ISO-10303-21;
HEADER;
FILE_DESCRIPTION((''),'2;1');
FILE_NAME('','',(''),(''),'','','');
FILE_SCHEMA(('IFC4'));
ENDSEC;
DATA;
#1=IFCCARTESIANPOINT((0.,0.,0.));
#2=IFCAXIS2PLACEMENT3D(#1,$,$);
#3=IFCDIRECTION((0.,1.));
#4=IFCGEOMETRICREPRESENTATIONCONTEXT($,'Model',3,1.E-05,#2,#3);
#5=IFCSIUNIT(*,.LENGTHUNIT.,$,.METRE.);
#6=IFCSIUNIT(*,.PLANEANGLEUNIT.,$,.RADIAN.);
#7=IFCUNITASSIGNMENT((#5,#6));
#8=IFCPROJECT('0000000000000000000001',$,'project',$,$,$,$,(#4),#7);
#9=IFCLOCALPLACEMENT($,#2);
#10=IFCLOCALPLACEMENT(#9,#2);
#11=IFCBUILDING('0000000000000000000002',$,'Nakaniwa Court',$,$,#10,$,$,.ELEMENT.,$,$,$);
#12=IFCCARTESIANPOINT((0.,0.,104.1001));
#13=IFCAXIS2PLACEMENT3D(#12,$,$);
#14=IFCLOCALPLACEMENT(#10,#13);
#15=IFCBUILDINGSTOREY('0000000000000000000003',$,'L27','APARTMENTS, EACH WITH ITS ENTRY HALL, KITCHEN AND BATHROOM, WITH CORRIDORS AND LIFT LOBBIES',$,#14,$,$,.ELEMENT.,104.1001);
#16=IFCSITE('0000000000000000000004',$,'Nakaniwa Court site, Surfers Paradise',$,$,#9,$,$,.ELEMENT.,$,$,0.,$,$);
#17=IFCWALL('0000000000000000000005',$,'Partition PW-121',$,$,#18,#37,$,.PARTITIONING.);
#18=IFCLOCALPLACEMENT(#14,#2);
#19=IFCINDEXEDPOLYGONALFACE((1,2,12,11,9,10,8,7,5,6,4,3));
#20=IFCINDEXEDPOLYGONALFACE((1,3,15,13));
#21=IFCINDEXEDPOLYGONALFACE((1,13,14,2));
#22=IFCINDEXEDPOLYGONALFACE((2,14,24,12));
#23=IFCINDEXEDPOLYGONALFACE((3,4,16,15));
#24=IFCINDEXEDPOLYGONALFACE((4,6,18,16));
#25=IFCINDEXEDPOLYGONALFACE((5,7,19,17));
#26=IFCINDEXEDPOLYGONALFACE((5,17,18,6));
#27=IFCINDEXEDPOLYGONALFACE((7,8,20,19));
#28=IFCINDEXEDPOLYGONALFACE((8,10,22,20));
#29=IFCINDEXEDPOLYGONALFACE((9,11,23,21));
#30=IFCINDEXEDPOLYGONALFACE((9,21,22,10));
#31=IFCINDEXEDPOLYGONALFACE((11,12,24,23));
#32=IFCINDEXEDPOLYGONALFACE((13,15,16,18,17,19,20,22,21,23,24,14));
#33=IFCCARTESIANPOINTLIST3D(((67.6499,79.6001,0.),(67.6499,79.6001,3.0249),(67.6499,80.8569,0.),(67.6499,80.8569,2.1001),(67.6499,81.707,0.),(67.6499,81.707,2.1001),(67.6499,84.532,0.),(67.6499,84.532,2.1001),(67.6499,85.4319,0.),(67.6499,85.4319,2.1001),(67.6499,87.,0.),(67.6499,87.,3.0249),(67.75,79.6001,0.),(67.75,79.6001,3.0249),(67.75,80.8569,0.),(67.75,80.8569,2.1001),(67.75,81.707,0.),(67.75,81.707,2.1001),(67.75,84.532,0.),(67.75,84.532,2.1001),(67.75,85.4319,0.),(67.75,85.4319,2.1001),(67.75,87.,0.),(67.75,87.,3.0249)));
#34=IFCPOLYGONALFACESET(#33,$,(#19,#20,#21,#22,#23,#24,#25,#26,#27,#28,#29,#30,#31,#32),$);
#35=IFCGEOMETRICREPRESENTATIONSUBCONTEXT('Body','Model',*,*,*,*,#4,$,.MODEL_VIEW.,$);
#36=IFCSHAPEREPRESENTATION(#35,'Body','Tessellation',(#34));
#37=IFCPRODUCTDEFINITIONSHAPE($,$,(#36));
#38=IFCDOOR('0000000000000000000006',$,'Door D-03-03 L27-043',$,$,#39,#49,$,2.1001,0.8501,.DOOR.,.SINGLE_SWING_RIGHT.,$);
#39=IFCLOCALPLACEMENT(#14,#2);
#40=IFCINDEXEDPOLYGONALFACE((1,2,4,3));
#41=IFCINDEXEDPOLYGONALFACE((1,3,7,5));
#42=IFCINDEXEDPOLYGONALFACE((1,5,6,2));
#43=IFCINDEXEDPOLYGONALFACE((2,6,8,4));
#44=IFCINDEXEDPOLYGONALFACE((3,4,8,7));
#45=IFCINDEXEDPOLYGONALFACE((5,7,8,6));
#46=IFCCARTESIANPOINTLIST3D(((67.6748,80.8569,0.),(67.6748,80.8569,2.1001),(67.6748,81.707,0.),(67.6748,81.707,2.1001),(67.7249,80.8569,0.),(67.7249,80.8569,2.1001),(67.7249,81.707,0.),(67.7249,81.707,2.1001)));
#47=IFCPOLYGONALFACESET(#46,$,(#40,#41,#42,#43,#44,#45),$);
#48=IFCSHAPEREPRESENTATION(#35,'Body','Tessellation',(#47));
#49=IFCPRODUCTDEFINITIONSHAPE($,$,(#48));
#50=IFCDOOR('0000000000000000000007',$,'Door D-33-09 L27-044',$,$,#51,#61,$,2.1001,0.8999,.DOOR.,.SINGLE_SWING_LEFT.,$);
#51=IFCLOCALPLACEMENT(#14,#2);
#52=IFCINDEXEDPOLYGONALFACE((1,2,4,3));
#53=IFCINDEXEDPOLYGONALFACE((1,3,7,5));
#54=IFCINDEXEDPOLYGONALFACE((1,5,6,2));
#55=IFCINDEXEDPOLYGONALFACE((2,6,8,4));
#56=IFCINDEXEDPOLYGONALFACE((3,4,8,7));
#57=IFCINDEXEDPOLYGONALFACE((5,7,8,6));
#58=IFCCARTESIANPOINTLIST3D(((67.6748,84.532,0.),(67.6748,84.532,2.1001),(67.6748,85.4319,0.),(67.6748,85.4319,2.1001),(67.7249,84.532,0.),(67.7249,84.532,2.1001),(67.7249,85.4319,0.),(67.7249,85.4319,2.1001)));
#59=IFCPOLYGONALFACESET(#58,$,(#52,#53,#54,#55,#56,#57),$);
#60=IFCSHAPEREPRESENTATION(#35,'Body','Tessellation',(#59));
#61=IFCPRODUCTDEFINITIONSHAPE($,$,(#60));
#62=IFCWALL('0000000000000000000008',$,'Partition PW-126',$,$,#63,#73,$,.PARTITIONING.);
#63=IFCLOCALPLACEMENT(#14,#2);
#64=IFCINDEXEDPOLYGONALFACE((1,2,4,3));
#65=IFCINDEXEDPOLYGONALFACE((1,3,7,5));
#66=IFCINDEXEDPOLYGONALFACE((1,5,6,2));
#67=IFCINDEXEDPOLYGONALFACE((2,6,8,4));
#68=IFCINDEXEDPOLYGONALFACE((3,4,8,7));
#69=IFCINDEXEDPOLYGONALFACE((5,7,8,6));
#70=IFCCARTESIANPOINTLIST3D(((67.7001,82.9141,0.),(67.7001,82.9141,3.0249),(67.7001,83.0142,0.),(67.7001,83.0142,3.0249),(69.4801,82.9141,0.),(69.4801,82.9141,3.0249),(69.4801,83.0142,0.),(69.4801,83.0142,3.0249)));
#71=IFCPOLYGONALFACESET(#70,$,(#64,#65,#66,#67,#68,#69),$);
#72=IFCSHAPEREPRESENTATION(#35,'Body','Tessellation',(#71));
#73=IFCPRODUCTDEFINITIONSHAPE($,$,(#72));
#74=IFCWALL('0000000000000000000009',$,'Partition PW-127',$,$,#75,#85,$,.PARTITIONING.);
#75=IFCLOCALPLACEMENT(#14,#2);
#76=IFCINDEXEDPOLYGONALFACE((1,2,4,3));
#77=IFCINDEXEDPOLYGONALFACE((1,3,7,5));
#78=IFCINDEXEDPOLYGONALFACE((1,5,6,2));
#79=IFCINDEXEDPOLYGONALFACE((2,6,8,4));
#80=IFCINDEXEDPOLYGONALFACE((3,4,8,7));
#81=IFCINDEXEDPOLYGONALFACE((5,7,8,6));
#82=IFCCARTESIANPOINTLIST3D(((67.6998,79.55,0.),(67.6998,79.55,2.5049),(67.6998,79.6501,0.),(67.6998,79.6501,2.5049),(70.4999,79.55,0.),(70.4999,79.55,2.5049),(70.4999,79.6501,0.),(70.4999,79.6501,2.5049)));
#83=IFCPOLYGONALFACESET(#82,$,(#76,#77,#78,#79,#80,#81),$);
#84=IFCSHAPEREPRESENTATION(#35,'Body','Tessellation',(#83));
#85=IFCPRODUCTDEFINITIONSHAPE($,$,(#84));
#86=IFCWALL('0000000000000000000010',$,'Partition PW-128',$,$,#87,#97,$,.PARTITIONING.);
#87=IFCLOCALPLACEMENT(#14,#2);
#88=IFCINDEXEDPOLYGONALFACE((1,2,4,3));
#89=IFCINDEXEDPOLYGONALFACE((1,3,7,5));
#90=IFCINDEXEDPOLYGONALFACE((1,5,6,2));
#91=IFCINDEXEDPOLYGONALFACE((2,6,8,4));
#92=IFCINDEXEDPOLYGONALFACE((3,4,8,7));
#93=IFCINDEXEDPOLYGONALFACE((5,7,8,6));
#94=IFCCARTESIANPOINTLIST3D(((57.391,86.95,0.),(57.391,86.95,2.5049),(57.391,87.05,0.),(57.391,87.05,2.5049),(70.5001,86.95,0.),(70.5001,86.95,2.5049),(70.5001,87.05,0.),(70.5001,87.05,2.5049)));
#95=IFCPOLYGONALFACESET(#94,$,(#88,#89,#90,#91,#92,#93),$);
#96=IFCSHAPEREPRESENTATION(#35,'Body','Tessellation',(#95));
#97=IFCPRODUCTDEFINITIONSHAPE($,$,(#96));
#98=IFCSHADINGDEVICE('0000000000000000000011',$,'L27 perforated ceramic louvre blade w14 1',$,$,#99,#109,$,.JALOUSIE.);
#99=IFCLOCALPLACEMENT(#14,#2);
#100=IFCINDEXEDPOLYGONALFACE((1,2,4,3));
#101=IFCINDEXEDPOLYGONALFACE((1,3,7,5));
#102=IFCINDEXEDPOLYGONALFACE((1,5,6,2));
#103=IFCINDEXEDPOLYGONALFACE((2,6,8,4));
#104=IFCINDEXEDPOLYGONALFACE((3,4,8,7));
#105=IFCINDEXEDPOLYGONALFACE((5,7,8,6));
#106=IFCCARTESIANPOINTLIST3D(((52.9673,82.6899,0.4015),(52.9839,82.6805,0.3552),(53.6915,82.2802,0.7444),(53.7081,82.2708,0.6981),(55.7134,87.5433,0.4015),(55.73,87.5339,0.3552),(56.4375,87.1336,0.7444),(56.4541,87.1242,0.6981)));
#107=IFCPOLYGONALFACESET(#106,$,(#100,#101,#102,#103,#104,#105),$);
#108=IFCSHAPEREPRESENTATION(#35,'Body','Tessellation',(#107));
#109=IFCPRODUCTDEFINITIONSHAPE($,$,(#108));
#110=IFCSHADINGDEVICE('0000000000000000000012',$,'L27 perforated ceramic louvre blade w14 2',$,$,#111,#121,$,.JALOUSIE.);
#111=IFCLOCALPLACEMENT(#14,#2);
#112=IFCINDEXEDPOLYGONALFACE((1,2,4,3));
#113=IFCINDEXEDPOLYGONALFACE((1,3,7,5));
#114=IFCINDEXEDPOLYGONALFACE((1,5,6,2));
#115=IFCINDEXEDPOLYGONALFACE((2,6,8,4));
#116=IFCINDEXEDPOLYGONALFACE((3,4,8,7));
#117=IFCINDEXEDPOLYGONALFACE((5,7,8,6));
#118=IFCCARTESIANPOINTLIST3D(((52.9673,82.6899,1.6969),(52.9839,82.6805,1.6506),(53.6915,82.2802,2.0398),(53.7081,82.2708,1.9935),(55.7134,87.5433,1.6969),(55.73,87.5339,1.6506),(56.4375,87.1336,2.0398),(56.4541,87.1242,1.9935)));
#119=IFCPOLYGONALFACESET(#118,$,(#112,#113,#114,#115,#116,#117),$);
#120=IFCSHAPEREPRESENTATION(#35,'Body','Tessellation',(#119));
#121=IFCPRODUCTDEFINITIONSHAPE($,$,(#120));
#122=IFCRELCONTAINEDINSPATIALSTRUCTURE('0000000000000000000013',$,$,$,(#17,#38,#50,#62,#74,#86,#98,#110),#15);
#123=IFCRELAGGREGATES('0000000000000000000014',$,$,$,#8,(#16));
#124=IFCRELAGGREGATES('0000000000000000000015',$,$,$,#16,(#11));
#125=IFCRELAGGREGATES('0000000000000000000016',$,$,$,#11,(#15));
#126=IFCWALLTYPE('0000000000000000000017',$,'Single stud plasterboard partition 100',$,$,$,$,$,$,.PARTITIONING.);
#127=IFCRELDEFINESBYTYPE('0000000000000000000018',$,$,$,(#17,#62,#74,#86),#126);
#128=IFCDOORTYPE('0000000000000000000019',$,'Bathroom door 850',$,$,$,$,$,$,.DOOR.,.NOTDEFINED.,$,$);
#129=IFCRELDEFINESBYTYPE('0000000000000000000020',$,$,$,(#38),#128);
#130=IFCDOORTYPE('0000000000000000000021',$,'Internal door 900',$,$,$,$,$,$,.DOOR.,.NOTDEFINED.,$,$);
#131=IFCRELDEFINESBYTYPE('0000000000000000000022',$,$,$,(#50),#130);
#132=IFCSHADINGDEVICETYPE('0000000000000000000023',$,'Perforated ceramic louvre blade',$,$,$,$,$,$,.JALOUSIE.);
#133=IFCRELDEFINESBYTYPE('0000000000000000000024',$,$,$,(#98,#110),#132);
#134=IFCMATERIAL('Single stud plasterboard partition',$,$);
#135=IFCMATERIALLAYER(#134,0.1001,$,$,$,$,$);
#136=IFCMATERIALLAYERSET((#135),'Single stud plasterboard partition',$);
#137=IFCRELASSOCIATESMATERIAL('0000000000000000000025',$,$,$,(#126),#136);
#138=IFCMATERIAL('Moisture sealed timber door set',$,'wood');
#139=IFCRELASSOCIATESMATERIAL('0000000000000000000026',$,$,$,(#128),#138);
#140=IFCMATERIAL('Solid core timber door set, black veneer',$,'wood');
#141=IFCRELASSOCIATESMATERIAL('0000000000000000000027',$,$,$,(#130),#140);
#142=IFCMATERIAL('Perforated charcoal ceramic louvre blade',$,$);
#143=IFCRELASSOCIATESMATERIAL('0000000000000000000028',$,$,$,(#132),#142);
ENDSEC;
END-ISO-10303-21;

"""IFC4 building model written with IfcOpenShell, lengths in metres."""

from ifc_helpers import new_model, si_unit, direction, frame, frame_2d, origin, origin_2d, place, context, subcontext, project, spatial, rectangle, extrude, material, layer, layer_set, material_profile, profile_set, type_object, element, fill, save


model = new_model("IFC4")

# Units and contexts
model_context = context("Model", 3, precision=1e-05, world=origin(), true_north=direction((0.0, 1.0)))
body_context = subcontext(model_context, "Body", "Model", "MODEL_VIEW")
ifc_project = project(units=[si_unit("LENGTHUNIT", "METRE"), si_unit("PLANEANGLEUNIT", "RADIAN")], contexts=[model_context])

# Site, building, storey
site_placement = place(None, origin())
site = spatial("IfcSite", under=ifc_project, at=site_placement, Name="Nakaniwa Court site, Surfers Paradise", CompositionType="ELEMENT", RefElevation=0.0)
building_placement = place(site_placement, origin())
building = spatial("IfcBuilding", under=site, at=building_placement, Name="Nakaniwa Court", CompositionType="ELEMENT")
storey_placement = place(building_placement, frame((0.0, 0.0, 104.1001)))
storey = spatial("IfcBuildingStorey", under=building, at=storey_placement, Name="L27", Description="APARTMENTS, EACH WITH ITS ENTRY HALL, KITCHEN AND BATHROOM, WITH CORRIDORS AND LIFT LOBBIES", CompositionType="ELEMENT", Elevation=104.1001)

# Wall, openings, doors
ifc_material_1 = material(Name="Single stud plasterboard partition")
ifc_layer_1 = layer(ifc_material_1, 0.1001)
ifc_layer_set_1 = layer_set([ifc_layer_1], Name="Single stud plasterboard partition")
wall_type_1 = type_object("IfcWallType", Name="Single stud plasterboard partition 100", PredefinedType="PARTITIONING", material=ifc_layer_set_1)
wall_1_placement = place(storey_placement, frame((67.7, 87.0, 0.0), z_axis=(0.0, 0.0, 1.0), x_axis=(0.0, -1.0, 0.0)))
wall_1 = element("IfcWall", 1, at=wall_1_placement, inside=storey, type_object=wall_type_1, Name="Partition PW-121", PredefinedType="PARTITIONING", context=body_context, shape_type="SweptSolid", body=[
    extrude(rectangle(XDim=7.3999, YDim=0.1001, at=frame_2d((3.7, 0.0))), origin(), (0.0, 0.0, 1.0), 3.0249),
])
opening_1_placement = place(wall_1_placement, frame((5.293, 0.0, 0.0)))
opening_1 = element("IfcOpeningElement", 2, at=opening_1_placement, cuts=wall_1, PredefinedType="OPENING", context=body_context, shape_type="SweptSolid", body=[
    extrude(rectangle(XDim=0.8501, YDim=2.1001, at=frame_2d((0.425, 1.05))), frame((0.0, 0.0601, 0.0), z_axis=(0.0, -1.0, 0.0), x_axis=(1.0, 0.0, 0.0)), (0.0, 0.0, 1.0), 0.1201),
])
opening_2_placement = place(wall_1_placement, frame((1.5681, 0.0, 0.0)))
opening_2 = element("IfcOpeningElement", 3, at=opening_2_placement, cuts=wall_1, PredefinedType="OPENING", context=body_context, shape_type="SweptSolid", body=[
    extrude(rectangle(XDim=0.8999, YDim=2.1001, at=frame_2d((0.45, 1.05))), frame((0.0, 0.0601, 0.0), z_axis=(0.0, -1.0, 0.0), x_axis=(1.0, 0.0, 0.0)), (0.0, 0.0, 1.0), 0.1201),
])
ifc_material_2 = material(Name="Moisture sealed timber door set", Category="wood")
door_type_1 = type_object("IfcDoorType", Name="Bathroom door 850", OperationType="NOTDEFINED", PredefinedType="DOOR", material=ifc_material_2)
door_1_placement = place(opening_1_placement, origin())
door_1 = element("IfcDoor", 4, at=door_1_placement, inside=storey, type_object=door_type_1, Name="Door D-03-03 L27-043", OperationType="SINGLE_SWING_RIGHT", OverallHeight=2.1001, OverallWidth=0.8501, PredefinedType="DOOR", context=body_context, shape_type="SweptSolid", body=[
    extrude(rectangle(XDim=0.8501, YDim=2.1001, at=frame_2d((0.425, 1.05))), frame((0.0, 0.0249, 0.0), z_axis=(0.0, -1.0, 0.0), x_axis=(1.0, 0.0, 0.0)), (0.0, 0.0, 1.0), 0.05),
])
fill(opening_1, door_1)
ifc_material_3 = material(Name="Solid core timber door set, black veneer", Category="wood")
door_type_2 = type_object("IfcDoorType", Name="Internal door 900", OperationType="NOTDEFINED", PredefinedType="DOOR", material=ifc_material_3)
door_2_placement = place(opening_2_placement, origin())
door_2 = element("IfcDoor", 5, at=door_2_placement, inside=storey, type_object=door_type_2, Name="Door D-33-09 L27-044", OperationType="SINGLE_SWING_LEFT", OverallHeight=2.1001, OverallWidth=0.8999, PredefinedType="DOOR", context=body_context, shape_type="SweptSolid", body=[
    extrude(rectangle(XDim=0.8999, YDim=2.1001, at=frame_2d((0.45, 1.05))), frame((0.0, 0.0249, 0.0), z_axis=(0.0, -1.0, 0.0), x_axis=(1.0, 0.0, 0.0)), (0.0, 0.0, 1.0), 0.05),
])
fill(opening_2, door_2)

# Walls
wall_2_placement = place(storey_placement, frame((67.7, 82.9641, 0.0), z_axis=(0.0, 0.0, 1.0), x_axis=(1.0, 0.0, 0.0)))
element("IfcWall", 6, at=wall_2_placement, inside=storey, type_object=wall_type_1, Name="Partition PW-126", PredefinedType="PARTITIONING", context=body_context, shape_type="SweptSolid", body=[
    extrude(rectangle(XDim=1.78, YDim=0.1001, at=frame_2d((0.8901, 0.0))), origin(), (0.0, 0.0, 1.0), 3.0249),
])
wall_3_placement = place(storey_placement, frame((67.7, 79.6001, 0.0), z_axis=(0.0, 0.0, 1.0), x_axis=(1.0, 0.0, 0.0)))
element("IfcWall", 7, at=wall_3_placement, inside=storey, type_object=wall_type_1, Name="Partition PW-127", PredefinedType="PARTITIONING", context=body_context, shape_type="SweptSolid", body=[
    extrude(rectangle(XDim=2.8, YDim=0.1001, at=frame_2d((1.3999, 0.0))), origin(), (0.0, 0.0, 1.0), 2.5049),
])
wall_4_placement = place(storey_placement, frame((57.3909, 87.0, 0.0), z_axis=(0.0, 0.0, 1.0), x_axis=(1.0, 0.0, 0.0)))
element("IfcWall", 8, at=wall_4_placement, inside=storey, type_object=wall_type_1, Name="Partition PW-128", PredefinedType="PARTITIONING", context=body_context, shape_type="SweptSolid", body=[
    extrude(rectangle(XDim=13.1091, YDim=0.1001, at=frame_2d((6.5547, 0.0))), origin(), (0.0, 0.0, 1.0), 2.5049),
])

# Shading devices
ifc_material_4 = material(Name="Perforated charcoal ceramic louvre blade")
ifc_material_profile_1 = material_profile(ifc_material_4, rectangle(XDim=0.8999, YDim=0.05, at=origin_2d()), Name="Perforated ceramic louvre blade")
ifc_profile_set_1 = profile_set([ifc_material_profile_1], Name="Perforated charcoal ceramic louvre blade")
shading_device_type = type_object("IfcShadingDeviceType", Name="Perforated ceramic louvre blade", PredefinedType="JALOUSIE", material=ifc_profile_set_1)
for number, where, z_axis, x_axis, name in (
    (9, (56.0837, 87.3337, 0.5498), (-0.492438, -0.870347, 0.0), (0.804676, -0.455282, 0.38107), "L27 perforated ceramic louvre blade w14 1"),
    (10, (56.0837, 87.3337, 1.8452), (-0.492438, -0.870347, 0.0), (0.804676, -0.455282, 0.38107), "L27 perforated ceramic louvre blade w14 2"),
):
    element("IfcShadingDevice", number, at=place(storey_placement, frame(where, z_axis=z_axis, x_axis=x_axis)), inside=storey, type_object=shading_device_type, Name=name, PredefinedType="JALOUSIE", context=body_context, shape_type="SweptSolid", body=[
        extrude(rectangle(XDim=0.8999, YDim=0.05, at=origin_2d()), origin(), (0.0, 0.0, 1.0), 5.5764),
    ])

save(model, "model.ifc")
